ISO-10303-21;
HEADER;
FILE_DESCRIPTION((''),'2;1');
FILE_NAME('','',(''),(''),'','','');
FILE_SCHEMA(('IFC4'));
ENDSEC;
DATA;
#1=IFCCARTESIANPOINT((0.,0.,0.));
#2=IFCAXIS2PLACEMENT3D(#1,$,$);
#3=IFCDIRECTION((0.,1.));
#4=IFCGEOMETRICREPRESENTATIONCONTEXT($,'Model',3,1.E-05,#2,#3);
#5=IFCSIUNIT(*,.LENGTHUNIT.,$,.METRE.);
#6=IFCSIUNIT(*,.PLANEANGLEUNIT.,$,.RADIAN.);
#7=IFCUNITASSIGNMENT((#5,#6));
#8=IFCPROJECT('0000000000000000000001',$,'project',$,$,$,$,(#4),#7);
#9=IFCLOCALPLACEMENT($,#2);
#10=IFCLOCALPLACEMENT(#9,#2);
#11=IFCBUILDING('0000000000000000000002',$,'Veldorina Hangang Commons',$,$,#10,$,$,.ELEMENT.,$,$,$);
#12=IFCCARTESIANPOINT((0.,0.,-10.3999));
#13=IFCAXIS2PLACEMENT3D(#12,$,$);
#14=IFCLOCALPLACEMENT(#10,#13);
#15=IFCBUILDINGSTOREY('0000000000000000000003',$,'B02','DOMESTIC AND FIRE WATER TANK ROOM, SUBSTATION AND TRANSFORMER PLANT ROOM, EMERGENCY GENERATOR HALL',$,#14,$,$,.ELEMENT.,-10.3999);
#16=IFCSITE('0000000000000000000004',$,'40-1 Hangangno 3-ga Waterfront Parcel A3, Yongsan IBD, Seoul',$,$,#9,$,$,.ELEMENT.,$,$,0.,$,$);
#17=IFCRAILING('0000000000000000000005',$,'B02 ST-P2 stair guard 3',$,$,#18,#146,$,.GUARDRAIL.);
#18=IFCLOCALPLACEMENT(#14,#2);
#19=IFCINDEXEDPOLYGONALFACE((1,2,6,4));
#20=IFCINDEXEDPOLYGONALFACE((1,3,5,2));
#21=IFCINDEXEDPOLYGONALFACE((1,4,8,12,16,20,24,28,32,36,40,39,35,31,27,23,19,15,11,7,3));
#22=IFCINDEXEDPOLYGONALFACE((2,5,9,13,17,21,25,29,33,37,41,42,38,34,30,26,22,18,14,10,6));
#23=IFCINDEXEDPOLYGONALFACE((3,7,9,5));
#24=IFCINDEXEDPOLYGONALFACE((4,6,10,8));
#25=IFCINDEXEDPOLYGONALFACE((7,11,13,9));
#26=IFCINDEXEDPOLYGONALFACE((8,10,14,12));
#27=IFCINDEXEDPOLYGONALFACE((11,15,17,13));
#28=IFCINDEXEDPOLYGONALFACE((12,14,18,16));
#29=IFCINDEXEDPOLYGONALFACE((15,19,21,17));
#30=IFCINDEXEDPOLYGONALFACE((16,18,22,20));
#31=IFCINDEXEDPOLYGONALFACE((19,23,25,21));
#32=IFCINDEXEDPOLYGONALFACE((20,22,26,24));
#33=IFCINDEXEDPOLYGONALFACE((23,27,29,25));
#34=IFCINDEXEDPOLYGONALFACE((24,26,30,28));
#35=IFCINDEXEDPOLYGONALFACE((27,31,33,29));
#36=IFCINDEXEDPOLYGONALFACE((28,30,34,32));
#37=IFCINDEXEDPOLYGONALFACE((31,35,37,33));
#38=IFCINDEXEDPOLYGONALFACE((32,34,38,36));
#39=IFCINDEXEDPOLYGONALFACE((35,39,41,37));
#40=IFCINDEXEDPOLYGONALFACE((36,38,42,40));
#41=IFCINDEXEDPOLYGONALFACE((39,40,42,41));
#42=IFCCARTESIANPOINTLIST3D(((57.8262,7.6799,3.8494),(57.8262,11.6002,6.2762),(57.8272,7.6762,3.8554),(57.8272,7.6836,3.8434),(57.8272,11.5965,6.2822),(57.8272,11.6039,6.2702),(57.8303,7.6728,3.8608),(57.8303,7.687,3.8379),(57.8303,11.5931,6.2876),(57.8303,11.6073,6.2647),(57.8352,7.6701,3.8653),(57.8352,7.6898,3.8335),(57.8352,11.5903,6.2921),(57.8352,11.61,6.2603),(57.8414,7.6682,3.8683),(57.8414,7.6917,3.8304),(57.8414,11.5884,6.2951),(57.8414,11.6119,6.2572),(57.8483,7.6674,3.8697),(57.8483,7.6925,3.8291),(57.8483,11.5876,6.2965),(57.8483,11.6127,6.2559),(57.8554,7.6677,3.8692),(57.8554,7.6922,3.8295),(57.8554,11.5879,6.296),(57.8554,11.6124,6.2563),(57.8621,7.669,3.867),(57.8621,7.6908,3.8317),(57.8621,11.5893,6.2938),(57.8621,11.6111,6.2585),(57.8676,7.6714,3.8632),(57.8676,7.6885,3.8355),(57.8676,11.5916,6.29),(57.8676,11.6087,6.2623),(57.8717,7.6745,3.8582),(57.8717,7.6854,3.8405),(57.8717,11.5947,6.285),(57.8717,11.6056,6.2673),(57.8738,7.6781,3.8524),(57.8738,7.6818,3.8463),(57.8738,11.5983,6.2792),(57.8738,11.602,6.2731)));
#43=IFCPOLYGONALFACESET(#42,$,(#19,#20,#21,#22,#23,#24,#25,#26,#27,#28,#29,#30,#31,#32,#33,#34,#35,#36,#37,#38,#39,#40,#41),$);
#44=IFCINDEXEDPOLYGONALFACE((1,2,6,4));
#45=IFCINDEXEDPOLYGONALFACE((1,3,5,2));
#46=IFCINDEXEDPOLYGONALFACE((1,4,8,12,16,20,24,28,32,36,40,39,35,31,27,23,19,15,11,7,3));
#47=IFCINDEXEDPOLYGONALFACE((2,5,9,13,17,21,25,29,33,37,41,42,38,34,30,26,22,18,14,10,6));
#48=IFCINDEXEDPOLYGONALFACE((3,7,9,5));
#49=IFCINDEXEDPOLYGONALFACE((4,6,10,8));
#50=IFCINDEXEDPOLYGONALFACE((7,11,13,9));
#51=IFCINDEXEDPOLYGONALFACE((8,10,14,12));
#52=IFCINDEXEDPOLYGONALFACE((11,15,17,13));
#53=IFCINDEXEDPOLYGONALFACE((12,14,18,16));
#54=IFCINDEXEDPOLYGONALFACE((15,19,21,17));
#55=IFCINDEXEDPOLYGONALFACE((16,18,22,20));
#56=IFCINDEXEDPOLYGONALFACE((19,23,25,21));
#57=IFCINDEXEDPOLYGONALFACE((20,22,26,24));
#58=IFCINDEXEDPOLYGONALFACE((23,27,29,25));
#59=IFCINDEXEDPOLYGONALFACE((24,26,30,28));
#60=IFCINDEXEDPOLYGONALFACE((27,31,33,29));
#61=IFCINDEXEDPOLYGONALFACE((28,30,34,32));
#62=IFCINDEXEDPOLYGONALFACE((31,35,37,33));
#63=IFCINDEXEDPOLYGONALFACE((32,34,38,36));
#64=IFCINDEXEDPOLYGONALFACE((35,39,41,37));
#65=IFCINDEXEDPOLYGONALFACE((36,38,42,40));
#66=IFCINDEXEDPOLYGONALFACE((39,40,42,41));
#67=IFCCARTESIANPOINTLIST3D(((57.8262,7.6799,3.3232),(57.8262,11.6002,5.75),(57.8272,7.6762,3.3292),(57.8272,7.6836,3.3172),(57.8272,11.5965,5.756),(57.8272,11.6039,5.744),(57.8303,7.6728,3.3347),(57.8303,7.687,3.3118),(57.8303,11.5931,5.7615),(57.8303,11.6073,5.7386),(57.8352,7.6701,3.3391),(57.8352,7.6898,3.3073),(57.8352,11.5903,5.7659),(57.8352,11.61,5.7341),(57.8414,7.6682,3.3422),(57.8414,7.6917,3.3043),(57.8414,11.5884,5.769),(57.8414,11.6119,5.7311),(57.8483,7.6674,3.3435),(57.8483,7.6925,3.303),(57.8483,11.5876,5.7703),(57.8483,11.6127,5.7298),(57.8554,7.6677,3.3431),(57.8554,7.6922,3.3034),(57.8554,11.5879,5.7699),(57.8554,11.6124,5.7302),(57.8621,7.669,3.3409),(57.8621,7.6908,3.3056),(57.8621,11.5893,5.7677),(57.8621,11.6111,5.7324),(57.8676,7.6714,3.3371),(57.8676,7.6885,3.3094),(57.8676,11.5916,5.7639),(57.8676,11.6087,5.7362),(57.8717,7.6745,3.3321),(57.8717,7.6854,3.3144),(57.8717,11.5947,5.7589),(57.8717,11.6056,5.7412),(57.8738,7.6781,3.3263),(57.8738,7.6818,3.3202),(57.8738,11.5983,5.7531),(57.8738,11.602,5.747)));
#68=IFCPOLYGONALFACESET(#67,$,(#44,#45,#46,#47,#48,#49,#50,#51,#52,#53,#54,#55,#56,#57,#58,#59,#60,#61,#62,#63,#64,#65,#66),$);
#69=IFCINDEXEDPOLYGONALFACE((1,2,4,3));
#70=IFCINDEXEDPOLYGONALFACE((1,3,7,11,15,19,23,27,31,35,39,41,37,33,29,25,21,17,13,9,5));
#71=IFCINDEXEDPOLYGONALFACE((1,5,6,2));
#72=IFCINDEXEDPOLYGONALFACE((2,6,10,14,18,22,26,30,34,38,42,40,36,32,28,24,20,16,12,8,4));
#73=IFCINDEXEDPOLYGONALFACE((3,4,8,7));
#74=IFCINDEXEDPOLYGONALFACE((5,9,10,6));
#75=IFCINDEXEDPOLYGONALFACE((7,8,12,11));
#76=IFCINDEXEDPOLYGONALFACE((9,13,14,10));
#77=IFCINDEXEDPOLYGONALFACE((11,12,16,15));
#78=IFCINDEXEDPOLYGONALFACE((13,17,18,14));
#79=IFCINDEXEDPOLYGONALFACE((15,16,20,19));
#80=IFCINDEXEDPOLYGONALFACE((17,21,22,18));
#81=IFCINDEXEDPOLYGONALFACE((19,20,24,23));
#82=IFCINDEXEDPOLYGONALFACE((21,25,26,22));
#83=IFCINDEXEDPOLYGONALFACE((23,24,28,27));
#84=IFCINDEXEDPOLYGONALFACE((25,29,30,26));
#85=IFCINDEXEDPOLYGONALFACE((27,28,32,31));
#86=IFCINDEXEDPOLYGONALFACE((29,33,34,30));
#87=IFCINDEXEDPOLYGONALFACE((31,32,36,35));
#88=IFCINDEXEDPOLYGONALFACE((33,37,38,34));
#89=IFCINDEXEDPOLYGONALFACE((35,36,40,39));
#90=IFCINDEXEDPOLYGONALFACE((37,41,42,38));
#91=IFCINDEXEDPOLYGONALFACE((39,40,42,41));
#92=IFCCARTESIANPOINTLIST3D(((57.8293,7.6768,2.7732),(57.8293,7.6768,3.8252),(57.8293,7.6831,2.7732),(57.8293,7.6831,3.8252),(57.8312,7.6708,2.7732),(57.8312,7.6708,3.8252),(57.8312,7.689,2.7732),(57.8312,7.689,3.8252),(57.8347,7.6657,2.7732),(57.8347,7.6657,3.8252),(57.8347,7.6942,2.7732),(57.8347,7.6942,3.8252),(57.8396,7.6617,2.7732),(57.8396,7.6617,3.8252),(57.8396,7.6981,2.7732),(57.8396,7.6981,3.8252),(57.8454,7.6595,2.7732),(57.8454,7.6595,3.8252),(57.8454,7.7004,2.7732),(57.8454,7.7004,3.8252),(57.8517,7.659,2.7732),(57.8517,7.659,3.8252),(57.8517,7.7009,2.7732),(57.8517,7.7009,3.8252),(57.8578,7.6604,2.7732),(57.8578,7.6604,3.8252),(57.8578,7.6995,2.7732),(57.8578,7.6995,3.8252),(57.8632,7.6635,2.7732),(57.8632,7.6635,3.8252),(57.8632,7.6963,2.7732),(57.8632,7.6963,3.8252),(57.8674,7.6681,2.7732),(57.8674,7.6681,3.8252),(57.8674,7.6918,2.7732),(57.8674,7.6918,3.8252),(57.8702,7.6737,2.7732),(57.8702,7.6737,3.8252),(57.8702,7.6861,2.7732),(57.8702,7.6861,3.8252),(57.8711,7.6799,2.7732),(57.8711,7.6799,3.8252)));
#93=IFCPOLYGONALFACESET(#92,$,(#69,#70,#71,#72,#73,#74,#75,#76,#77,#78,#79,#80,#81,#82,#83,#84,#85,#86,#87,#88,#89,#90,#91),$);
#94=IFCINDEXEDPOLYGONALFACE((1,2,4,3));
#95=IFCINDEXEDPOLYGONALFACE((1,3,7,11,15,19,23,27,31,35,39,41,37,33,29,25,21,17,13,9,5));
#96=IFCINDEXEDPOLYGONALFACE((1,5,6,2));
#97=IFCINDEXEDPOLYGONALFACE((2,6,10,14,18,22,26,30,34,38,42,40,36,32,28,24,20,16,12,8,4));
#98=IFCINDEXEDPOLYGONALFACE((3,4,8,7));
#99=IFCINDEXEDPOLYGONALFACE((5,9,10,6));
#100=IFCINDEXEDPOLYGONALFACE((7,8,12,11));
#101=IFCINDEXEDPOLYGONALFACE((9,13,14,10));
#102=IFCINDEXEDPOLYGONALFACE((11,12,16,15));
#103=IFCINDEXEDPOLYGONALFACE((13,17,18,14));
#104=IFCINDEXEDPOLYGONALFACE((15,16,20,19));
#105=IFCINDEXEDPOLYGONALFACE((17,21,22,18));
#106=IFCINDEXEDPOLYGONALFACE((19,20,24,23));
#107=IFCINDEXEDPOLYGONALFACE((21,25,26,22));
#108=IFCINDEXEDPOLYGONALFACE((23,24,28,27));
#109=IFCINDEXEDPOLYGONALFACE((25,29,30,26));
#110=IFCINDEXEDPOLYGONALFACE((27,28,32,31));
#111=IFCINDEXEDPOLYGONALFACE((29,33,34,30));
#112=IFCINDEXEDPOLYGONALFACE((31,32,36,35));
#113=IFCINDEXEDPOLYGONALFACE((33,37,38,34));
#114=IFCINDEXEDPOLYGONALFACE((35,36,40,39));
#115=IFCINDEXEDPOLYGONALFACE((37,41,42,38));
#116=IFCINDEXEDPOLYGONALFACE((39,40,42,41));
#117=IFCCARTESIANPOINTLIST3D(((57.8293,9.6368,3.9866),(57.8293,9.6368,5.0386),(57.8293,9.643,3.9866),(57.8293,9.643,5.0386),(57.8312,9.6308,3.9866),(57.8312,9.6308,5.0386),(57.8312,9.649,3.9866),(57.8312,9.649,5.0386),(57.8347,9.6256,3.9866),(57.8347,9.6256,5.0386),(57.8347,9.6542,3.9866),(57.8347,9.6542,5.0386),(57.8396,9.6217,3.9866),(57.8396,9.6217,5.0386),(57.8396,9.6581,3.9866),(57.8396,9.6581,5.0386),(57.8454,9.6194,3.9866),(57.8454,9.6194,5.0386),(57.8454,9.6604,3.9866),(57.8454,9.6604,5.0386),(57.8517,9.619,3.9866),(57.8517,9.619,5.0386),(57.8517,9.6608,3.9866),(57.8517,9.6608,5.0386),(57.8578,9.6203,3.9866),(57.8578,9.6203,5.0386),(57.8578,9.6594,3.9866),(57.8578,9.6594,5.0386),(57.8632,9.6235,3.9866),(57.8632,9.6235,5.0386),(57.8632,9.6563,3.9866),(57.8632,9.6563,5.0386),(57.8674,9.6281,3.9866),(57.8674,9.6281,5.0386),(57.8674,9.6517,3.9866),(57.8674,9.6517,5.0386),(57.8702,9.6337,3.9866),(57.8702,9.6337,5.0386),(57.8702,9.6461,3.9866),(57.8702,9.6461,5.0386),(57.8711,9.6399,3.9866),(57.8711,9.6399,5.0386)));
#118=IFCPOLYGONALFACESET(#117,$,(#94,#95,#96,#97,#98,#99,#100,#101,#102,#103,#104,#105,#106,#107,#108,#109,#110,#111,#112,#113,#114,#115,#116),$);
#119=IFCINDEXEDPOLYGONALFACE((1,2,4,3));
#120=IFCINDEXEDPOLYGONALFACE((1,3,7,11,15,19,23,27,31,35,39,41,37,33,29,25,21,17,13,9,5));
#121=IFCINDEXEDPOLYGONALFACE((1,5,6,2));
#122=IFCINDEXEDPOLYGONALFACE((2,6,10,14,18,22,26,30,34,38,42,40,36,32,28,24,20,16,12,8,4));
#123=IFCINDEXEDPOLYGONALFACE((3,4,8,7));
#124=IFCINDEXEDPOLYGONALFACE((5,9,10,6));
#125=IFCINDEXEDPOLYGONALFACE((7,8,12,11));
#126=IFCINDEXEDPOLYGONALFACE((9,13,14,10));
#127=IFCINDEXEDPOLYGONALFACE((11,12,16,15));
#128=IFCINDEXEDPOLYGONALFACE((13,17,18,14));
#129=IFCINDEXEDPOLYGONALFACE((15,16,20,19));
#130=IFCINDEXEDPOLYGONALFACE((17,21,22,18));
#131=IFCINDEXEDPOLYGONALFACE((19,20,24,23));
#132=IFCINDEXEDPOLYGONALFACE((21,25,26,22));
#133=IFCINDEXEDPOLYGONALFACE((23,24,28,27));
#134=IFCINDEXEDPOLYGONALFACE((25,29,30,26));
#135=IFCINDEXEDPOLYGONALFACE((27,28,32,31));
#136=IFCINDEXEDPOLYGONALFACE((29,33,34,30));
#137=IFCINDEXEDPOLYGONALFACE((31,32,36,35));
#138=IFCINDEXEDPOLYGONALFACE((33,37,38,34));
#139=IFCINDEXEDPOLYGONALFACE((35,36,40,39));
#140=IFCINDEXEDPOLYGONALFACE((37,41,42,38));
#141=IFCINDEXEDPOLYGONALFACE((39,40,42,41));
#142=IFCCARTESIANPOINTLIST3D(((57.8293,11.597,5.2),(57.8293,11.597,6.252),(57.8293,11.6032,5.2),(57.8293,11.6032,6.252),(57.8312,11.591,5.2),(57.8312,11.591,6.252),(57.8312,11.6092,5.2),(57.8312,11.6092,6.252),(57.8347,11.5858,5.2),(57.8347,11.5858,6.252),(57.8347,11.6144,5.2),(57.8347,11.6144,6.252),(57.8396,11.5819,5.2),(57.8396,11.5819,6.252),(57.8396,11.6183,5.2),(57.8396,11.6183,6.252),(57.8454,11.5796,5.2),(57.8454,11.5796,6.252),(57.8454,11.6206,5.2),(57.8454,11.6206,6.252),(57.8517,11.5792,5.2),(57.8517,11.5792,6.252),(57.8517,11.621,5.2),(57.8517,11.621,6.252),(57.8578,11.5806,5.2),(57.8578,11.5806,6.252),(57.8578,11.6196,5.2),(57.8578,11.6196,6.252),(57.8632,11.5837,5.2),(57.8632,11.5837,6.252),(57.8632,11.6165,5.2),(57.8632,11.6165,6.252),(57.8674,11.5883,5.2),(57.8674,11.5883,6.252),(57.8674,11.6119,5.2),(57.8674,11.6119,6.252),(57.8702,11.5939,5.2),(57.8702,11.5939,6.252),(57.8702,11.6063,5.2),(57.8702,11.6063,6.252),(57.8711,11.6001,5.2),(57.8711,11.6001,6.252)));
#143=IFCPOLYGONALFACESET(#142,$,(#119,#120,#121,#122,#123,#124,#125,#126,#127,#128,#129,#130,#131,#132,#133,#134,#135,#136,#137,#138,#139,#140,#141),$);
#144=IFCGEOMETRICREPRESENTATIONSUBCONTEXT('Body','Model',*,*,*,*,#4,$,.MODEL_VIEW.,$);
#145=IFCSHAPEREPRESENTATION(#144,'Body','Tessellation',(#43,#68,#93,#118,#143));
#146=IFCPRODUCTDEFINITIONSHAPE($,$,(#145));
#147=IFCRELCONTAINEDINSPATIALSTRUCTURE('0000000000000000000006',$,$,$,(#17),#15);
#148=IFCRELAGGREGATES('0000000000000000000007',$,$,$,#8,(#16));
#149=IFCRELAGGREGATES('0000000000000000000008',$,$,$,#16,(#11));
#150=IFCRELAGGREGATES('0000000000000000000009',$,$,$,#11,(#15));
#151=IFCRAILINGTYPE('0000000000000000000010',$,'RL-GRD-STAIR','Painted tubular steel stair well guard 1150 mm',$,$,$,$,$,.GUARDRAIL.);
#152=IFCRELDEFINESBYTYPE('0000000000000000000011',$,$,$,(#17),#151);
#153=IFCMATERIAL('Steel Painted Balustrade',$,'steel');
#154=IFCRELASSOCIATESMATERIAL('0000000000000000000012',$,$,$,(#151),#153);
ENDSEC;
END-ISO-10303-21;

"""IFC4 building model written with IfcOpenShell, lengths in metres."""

from ifc_helpers import new_model, si_unit, direction, frame, origin, origin_2d, place, context, subcontext, project, spatial, circle, extrude, material, type_object, element, save


model = new_model("IFC4")

# Units and contexts
model_context = context("Model", 3, precision=1e-05, world=origin(), true_north=direction((0.0, 1.0)))
body_context = subcontext(model_context, "Body", "Model", "MODEL_VIEW")
ifc_project = project(units=[si_unit("LENGTHUNIT", "METRE"), si_unit("PLANEANGLEUNIT", "RADIAN")], contexts=[model_context])

# Site, building, storey
site_placement = place(None, origin())
site = spatial("IfcSite", under=ifc_project, at=site_placement, Name="40-1 Hangangno 3-ga Waterfront Parcel A3, Yongsan IBD, Seoul", CompositionType="ELEMENT", RefElevation=0.0)
building_placement = place(site_placement, origin())
building = spatial("IfcBuilding", under=site, at=building_placement, Name="Veldorina Hangang Commons", CompositionType="ELEMENT")
storey_placement = place(building_placement, frame((0.0, 0.0, -10.3999)))
storey = spatial("IfcBuildingStorey", under=building, at=storey_placement, Name="B02", Description="DOMESTIC AND FIRE WATER TANK ROOM, SUBSTATION AND TRANSFORMER PLANT ROOM, EMERGENCY GENERATOR HALL", CompositionType="ELEMENT", Elevation=-10.3999)

# Railing
ifc_material_1 = material(Name="Steel Painted Balustrade", Category="steel")
railing_type_1 = type_object("IfcRailingType", Name="RL-GRD-STAIR", Description="Painted tubular steel stair well guard 1150 mm", PredefinedType="GUARDRAIL", material=ifc_material_1)
railing_1_placement = place(storey_placement, frame((57.8501, 7.6799, 2.7732)))
element("IfcRailing", 1, at=railing_1_placement, inside=storey, type_object=railing_type_1, Name="B02 ST-P2 stair guard 3", PredefinedType="GUARDRAIL", context=body_context, shape_type="SweptSolid", body=[
    extrude(circle(Radius=0.0239, at=origin_2d()), frame((0.0, 0.0, 1.0762), z_axis=(0.0, 0.850266, 0.526353), x_axis=(-1.0, 0.0, 0.0)), (0.0, 0.0, 1.0), 4.6106),
    extrude(circle(Radius=0.0239, at=origin_2d()), frame((0.0, 0.0, 0.55), z_axis=(0.0, 0.850266, 0.526353), x_axis=(-1.0, 0.0, 0.0)), (0.0, 0.0, 1.0), 4.6106),
    extrude(circle(Radius=0.021, at=origin_2d()), origin(), (0.0, 0.0, 1.0), 1.052),
    extrude(circle(Radius=0.021, at=origin_2d()), frame((0.0, 1.96, 1.2134)), (0.0, 0.0, 1.0), 1.052),
    extrude(circle(Radius=0.021, at=origin_2d()), frame((0.0, 3.9202, 2.4268)), (0.0, 0.0, 1.0), 1.052),
])

save(model, "model.ifc")
